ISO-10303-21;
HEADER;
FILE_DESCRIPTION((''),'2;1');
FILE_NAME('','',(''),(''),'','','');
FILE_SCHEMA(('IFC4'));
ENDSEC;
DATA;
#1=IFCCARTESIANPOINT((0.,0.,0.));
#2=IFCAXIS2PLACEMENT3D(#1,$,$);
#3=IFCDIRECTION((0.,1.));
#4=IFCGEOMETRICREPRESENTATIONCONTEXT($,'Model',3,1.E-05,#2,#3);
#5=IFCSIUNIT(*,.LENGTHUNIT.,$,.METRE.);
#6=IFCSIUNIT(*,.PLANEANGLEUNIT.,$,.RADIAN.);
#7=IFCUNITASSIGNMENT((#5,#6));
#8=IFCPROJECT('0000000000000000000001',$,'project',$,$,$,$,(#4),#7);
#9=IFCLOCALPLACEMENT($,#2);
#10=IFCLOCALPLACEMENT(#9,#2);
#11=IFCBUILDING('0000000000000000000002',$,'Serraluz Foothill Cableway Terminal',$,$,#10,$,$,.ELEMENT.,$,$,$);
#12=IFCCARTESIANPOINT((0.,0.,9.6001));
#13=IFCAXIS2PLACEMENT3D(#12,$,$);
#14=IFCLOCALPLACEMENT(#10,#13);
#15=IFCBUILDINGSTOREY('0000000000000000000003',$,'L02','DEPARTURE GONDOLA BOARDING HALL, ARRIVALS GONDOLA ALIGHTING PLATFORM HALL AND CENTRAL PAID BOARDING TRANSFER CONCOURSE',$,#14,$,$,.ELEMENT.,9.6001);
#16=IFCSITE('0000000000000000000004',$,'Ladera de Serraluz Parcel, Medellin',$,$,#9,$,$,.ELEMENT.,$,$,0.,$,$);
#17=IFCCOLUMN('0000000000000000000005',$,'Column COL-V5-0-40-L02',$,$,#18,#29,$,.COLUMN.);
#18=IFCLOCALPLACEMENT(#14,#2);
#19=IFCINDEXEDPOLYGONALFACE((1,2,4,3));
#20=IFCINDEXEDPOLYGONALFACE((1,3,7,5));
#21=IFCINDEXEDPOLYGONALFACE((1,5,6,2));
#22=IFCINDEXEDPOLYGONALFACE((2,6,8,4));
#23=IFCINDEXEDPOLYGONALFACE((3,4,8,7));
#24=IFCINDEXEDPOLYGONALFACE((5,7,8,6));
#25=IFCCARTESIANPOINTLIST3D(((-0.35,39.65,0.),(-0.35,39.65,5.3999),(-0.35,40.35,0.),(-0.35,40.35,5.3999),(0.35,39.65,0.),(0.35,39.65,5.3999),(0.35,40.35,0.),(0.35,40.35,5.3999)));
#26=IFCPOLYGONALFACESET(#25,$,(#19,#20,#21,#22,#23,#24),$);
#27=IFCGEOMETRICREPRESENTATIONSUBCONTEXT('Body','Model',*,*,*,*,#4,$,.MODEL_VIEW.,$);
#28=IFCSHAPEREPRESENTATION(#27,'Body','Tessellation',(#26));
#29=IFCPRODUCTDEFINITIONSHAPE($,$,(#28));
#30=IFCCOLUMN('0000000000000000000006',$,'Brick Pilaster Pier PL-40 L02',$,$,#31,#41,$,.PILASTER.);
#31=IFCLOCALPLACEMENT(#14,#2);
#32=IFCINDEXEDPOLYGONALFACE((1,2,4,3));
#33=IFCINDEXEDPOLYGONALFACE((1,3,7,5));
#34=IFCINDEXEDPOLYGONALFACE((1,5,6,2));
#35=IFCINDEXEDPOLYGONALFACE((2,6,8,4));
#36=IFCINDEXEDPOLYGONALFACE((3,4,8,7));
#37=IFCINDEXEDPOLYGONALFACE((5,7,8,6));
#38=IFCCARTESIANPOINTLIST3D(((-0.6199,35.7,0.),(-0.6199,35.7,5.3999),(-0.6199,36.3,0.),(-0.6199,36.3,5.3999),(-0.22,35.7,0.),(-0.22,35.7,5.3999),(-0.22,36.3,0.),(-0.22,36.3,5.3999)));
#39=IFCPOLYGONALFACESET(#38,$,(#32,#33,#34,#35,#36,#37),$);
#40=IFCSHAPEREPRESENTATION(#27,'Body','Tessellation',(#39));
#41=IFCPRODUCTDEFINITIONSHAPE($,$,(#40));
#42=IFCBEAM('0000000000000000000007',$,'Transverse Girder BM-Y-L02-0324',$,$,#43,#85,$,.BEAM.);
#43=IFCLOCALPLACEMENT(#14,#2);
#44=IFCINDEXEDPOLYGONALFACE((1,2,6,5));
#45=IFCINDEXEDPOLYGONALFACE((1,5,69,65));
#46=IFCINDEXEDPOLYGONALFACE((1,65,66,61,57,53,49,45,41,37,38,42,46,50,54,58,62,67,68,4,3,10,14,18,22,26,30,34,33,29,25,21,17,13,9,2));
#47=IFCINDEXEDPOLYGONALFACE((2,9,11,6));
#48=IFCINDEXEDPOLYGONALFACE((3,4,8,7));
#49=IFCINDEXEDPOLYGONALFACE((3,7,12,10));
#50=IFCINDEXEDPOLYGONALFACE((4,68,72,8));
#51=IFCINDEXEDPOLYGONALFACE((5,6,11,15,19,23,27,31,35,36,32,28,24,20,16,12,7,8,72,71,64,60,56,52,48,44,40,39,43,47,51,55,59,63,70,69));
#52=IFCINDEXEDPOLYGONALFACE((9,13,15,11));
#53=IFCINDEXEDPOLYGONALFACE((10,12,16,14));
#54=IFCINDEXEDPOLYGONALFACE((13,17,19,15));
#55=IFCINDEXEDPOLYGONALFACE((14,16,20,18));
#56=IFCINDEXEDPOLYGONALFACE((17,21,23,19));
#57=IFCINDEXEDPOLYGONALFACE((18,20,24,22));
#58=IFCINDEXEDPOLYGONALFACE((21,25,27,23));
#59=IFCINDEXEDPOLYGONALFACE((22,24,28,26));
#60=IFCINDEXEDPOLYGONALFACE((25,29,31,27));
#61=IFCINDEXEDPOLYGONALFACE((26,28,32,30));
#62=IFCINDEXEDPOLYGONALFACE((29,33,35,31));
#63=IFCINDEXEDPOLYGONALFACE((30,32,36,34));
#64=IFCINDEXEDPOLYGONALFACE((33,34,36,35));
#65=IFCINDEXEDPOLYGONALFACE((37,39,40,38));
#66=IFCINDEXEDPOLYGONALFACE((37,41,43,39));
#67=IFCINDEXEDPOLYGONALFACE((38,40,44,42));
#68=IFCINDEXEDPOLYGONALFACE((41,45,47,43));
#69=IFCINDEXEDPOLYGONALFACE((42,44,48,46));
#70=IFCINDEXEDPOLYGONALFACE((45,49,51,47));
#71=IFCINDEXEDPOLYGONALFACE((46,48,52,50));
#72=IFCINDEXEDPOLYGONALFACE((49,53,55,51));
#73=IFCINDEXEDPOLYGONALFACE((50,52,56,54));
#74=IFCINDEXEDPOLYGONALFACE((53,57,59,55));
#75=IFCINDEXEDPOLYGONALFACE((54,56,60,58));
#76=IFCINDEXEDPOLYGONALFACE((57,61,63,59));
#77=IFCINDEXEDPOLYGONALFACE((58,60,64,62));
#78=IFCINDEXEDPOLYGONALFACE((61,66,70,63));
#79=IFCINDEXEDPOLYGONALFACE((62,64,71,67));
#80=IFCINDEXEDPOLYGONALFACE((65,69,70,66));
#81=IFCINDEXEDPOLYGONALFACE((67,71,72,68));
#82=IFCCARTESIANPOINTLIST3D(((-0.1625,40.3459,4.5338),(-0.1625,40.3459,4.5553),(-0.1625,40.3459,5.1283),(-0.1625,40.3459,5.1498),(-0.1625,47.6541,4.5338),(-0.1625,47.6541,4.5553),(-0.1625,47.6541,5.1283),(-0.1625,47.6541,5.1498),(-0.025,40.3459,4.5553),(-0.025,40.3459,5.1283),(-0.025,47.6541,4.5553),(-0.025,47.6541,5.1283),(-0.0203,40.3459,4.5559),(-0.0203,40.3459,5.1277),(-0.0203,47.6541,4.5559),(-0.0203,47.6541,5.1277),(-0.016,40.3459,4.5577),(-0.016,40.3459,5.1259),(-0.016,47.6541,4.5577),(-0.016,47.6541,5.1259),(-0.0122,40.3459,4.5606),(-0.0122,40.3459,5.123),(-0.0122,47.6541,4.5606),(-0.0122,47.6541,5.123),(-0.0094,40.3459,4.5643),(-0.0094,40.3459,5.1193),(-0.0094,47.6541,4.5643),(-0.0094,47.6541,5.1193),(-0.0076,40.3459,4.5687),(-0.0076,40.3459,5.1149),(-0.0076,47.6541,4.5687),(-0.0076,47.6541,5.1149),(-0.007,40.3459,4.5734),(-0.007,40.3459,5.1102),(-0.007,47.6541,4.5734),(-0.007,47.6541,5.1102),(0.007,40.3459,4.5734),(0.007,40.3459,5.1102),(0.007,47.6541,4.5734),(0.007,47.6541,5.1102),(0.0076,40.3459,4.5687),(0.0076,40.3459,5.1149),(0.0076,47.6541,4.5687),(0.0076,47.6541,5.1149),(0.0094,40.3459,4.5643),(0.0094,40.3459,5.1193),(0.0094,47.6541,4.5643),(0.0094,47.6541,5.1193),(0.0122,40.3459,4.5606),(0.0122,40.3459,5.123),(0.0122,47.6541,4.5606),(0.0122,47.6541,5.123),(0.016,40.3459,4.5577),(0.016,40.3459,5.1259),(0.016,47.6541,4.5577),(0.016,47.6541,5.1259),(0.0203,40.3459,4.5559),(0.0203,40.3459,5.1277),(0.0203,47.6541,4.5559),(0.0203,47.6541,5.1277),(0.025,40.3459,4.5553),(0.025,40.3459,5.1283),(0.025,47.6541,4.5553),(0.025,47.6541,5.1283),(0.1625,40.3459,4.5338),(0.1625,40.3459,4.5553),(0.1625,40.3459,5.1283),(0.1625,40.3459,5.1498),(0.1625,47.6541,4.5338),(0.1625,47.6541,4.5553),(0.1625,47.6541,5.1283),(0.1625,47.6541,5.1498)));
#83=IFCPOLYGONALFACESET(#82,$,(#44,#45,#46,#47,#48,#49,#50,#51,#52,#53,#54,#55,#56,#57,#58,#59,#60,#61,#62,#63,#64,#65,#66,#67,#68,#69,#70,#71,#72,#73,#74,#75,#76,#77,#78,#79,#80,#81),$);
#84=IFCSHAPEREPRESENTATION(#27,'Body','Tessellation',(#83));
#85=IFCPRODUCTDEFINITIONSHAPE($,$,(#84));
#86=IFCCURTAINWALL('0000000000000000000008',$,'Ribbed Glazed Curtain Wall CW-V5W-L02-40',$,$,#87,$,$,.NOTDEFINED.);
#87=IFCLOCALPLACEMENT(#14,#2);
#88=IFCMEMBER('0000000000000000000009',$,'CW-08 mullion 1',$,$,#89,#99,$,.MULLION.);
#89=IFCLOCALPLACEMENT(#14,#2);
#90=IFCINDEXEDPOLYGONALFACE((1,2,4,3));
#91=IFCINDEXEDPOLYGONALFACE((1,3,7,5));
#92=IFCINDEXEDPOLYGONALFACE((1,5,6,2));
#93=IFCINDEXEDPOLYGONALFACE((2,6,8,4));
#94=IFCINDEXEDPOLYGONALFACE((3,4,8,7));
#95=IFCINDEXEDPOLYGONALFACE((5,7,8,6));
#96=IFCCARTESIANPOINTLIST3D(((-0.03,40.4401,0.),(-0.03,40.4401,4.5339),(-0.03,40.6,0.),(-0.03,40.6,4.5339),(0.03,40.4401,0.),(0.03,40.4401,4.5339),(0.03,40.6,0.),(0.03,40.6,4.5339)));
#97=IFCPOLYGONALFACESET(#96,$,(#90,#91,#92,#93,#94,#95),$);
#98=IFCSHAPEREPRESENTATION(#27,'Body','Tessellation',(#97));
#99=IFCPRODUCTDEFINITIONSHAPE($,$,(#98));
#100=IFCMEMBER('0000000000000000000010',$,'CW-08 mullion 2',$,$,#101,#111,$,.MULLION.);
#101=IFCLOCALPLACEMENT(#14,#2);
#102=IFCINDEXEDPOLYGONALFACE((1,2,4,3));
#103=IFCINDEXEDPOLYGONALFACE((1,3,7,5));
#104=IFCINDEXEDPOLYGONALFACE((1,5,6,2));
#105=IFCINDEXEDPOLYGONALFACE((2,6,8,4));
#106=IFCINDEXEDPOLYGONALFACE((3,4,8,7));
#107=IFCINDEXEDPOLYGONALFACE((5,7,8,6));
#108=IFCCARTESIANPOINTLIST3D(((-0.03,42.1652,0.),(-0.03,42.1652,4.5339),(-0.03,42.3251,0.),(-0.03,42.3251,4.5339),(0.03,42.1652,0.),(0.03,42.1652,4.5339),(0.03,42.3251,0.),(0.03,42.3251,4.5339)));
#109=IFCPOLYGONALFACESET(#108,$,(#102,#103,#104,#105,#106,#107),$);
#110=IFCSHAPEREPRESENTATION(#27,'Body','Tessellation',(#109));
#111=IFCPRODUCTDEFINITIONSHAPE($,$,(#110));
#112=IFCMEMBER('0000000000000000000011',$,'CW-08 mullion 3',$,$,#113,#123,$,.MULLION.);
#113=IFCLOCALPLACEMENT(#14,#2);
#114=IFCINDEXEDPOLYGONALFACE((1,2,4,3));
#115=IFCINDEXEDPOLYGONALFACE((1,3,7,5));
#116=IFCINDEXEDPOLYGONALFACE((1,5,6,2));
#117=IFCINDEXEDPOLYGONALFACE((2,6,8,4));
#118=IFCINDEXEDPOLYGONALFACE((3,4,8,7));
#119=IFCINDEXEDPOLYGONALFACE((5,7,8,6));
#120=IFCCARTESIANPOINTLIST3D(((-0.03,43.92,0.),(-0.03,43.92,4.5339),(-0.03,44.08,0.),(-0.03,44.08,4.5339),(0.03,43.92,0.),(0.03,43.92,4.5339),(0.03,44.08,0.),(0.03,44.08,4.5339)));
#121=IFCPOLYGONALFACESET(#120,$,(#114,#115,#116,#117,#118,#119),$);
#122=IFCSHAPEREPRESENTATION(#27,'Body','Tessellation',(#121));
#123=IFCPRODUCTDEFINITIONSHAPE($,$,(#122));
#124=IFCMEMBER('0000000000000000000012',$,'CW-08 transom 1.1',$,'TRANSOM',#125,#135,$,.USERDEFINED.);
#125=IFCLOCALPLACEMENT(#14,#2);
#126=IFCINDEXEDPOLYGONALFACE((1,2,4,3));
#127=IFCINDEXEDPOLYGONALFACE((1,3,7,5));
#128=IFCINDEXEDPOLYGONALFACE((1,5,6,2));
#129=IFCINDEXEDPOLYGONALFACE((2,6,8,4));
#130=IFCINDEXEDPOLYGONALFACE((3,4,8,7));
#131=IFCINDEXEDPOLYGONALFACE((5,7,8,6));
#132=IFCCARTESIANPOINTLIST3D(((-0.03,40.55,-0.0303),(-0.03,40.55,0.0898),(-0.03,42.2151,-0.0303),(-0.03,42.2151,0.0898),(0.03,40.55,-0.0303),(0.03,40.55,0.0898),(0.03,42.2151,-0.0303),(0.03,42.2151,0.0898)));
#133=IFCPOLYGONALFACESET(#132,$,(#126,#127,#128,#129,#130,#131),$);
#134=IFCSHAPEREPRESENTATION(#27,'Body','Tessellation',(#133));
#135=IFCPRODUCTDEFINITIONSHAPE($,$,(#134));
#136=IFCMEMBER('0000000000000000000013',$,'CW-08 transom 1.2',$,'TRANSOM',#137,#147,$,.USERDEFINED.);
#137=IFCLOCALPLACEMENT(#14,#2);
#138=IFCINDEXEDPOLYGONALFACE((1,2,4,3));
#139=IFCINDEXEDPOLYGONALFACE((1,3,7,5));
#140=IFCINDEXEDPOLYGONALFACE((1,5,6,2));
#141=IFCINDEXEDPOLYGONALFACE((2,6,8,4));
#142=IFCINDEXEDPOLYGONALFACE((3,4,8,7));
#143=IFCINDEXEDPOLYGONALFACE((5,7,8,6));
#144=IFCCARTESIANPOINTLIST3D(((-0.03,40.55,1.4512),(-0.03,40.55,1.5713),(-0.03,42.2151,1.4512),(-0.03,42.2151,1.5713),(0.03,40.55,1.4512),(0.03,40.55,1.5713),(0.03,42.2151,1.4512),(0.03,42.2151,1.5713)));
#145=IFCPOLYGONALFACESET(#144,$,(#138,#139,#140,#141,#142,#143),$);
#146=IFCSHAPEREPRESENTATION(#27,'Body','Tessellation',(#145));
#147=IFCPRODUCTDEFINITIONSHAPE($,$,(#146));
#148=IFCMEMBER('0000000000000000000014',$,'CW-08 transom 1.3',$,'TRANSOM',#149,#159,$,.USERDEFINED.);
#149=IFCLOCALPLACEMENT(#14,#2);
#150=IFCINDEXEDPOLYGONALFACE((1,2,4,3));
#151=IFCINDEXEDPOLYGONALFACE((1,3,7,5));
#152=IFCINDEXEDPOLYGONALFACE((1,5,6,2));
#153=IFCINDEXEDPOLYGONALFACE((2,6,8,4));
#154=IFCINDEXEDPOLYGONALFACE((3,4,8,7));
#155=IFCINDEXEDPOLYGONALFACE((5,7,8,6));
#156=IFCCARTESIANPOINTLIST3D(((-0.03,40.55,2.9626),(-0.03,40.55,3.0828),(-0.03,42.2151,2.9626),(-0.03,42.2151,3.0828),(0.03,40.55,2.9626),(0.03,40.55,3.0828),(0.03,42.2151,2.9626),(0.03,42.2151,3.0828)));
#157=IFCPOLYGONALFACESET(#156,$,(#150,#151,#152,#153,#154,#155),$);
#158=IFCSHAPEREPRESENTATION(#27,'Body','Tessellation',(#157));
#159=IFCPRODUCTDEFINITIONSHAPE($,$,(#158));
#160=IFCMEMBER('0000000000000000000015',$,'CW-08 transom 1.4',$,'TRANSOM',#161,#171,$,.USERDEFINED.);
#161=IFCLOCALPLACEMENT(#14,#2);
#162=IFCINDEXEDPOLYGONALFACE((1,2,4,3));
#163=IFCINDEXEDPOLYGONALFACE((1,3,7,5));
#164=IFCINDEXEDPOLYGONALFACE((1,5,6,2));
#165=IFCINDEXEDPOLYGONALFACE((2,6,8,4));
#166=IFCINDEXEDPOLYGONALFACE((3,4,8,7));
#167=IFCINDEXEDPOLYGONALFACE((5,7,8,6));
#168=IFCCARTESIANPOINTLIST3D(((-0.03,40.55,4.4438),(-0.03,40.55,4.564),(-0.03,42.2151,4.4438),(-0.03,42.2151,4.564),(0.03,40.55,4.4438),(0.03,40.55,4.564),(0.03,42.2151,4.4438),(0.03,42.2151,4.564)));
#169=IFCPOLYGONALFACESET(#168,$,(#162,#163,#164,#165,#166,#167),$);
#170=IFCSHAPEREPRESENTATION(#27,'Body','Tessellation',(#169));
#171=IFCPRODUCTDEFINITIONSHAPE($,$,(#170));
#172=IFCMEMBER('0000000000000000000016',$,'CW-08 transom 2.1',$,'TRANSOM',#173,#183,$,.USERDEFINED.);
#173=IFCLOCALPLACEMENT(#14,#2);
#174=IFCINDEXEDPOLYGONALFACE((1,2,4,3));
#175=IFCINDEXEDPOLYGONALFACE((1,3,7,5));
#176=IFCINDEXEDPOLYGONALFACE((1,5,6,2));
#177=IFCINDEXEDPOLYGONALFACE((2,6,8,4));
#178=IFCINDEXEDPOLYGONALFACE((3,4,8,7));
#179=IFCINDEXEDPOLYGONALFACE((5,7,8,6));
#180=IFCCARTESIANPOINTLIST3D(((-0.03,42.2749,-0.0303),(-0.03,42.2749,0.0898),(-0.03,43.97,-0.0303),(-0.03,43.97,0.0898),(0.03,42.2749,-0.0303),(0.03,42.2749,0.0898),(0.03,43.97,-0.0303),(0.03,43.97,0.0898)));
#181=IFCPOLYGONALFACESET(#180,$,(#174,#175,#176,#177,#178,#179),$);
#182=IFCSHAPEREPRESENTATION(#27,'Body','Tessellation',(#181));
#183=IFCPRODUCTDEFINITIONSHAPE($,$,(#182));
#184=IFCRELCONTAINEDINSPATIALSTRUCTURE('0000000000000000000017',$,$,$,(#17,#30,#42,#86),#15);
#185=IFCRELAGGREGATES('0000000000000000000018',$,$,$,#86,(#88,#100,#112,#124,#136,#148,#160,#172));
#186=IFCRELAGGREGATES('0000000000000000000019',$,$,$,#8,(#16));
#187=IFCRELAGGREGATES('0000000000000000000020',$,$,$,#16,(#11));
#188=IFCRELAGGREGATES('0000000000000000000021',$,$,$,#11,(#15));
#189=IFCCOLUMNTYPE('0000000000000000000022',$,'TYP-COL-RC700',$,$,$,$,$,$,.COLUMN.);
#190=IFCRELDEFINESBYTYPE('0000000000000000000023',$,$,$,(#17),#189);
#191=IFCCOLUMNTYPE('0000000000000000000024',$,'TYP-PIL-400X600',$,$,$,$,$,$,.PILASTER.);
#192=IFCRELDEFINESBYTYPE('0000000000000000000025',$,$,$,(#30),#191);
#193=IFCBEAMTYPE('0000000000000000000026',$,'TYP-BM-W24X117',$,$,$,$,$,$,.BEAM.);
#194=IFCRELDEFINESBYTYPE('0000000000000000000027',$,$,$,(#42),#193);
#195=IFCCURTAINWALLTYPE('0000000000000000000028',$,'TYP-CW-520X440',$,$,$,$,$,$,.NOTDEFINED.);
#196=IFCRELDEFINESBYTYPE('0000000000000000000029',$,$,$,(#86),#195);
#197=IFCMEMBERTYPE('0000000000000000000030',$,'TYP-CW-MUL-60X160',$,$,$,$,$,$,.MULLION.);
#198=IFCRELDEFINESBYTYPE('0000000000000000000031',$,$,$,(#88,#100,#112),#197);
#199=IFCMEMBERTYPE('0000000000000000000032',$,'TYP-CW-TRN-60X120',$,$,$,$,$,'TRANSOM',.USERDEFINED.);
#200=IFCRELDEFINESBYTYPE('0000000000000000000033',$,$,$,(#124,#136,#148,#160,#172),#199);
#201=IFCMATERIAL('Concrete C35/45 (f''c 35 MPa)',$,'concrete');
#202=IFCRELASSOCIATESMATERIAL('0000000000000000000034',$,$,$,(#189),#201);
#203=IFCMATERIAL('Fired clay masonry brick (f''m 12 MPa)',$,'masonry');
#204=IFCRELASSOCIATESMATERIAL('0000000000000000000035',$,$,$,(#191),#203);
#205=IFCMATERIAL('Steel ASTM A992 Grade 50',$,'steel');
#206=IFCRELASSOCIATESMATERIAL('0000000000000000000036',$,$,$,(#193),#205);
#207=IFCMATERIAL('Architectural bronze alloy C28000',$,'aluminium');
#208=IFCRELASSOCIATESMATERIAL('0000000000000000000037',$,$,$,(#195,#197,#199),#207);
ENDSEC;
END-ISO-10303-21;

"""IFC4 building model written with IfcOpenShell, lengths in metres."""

from ifc_helpers import new_model, si_unit, direction, frame, origin, origin_2d, place, context, subcontext, project, spatial, rectangle, i_section, extrude, material, material_profile, profile_set, type_object, element, aggregate, save


model = new_model("IFC4")

# Units and contexts
model_context = context("Model", 3, precision=1e-05, world=origin(), true_north=direction((0.0, 1.0)))
body_context = subcontext(model_context, "Body", "Model", "MODEL_VIEW")
ifc_project = project(units=[si_unit("LENGTHUNIT", "METRE"), si_unit("PLANEANGLEUNIT", "RADIAN")], contexts=[model_context])

# Site, building, storey
site_placement = place(None, origin())
site = spatial("IfcSite", under=ifc_project, at=site_placement, Name="Ladera de Serraluz Parcel, Medellin", CompositionType="ELEMENT", RefElevation=0.0)
building_placement = place(site_placement, origin())
building = spatial("IfcBuilding", under=site, at=building_placement, Name="Serraluz Foothill Cableway Terminal", CompositionType="ELEMENT")
storey_placement = place(building_placement, frame((0.0, 0.0, 9.6001)))
storey = spatial("IfcBuildingStorey", under=building, at=storey_placement, Name="L02", Description="DEPARTURE GONDOLA BOARDING HALL, ARRIVALS GONDOLA ALIGHTING PLATFORM HALL AND CENTRAL PAID BOARDING TRANSFER CONCOURSE", CompositionType="ELEMENT", Elevation=9.6001)

# Columns
ifc_material_1 = material(Name="Concrete C35/45 (f'c 35 MPa)", Category="concrete")
ifc_material_profile_1 = material_profile(ifc_material_1, rectangle(XDim=0.7, YDim=0.7, at=origin_2d()), Name="RC 700x700")
ifc_profile_set_1 = profile_set([ifc_material_profile_1], Name="Concrete C35/45 (f'c 35 MPa)")
column_type_1 = type_object("IfcColumnType", Name="TYP-COL-RC700", PredefinedType="COLUMN", material=ifc_profile_set_1)
column_1_placement = place(storey_placement, frame((0.0, 40.0, 0.0), z_axis=(0.0, 0.0, 1.0), x_axis=(1.0, 0.0, 0.0)))
element("IfcColumn", 1, at=column_1_placement, inside=storey, type_object=column_type_1, Name="Column COL-V5-0-40-L02", PredefinedType="COLUMN", context=body_context, shape_type="SweptSolid", body=[
    extrude(rectangle(XDim=0.7, YDim=0.7, at=origin_2d()), origin(), (0.0, 0.0, 1.0), 5.3999),
])
ifc_material_2 = material(Name="Fired clay masonry brick (f'm 12 MPa)", Category="masonry")
ifc_material_profile_2 = material_profile(ifc_material_2, rectangle(XDim=0.3999, YDim=0.6001, at=origin_2d()), Name="PIL 400x600")
ifc_profile_set_2 = profile_set([ifc_material_profile_2], Name="Fired clay masonry brick (f'm 12 MPa)")
column_type_2 = type_object("IfcColumnType", Name="TYP-PIL-400X600", PredefinedType="PILASTER", material=ifc_profile_set_2)
column_2_placement = place(storey_placement, frame((-0.4199, 36.0, 0.0), z_axis=(0.0, 0.0, 1.0), x_axis=(1.0, 0.0, 0.0)))
element("IfcColumn", 2, at=column_2_placement, inside=storey, type_object=column_type_2, Name="Brick Pilaster Pier PL-40 L02", PredefinedType="PILASTER", context=body_context, shape_type="SweptSolid", body=[
    extrude(rectangle(XDim=0.3999, YDim=0.6001, at=origin_2d()), origin(), (0.0, 0.0, 1.0), 5.3999),
])

# Beam
ifc_material_3 = material(Name="Steel ASTM A992 Grade 50", Category="steel")
ifc_material_profile_3 = material_profile(ifc_material_3, i_section(OverallWidth=0.325, OverallDepth=0.616, WebThickness=0.0139, FlangeThickness=0.0215, FilletRadius=0.0181, at=origin_2d()), Name="W24X117")
ifc_profile_set_3 = profile_set([ifc_material_profile_3], Name="Steel ASTM A992 Grade 50")
beam_type = type_object("IfcBeamType", Name="TYP-BM-W24X117", PredefinedType="BEAM", material=ifc_profile_set_3)
beam_placement = place(storey_placement, frame((0.0, 40.3459, 4.8418), z_axis=(0.0, 1.0, 0.0), x_axis=(-1.0, 0.0, 0.0)))
element("IfcBeam", 3, at=beam_placement, inside=storey, type_object=beam_type, Name="Transverse Girder BM-Y-L02-0324", PredefinedType="BEAM", context=body_context, shape_type="SweptSolid", body=[
    extrude(i_section(OverallWidth=0.325, OverallDepth=0.616, WebThickness=0.0139, FlangeThickness=0.0215, FilletRadius=0.0181, at=origin_2d()), origin(), (0.0, 0.0, 1.0), 7.3081),
])

# Curtain wall, members
ifc_material_4 = material(Name="Architectural bronze alloy C28000", Category="aluminium")
curtain_wall_type = type_object("IfcCurtainWallType", Name="TYP-CW-520X440", PredefinedType="NOTDEFINED", material=ifc_material_4)
curtain_wall_placement = place(storey_placement, origin())
curtain_wall = element("IfcCurtainWall", 4, at=curtain_wall_placement, inside=storey, type_object=curtain_wall_type, Name="Ribbed Glazed Curtain Wall CW-V5W-L02-40", PredefinedType="NOTDEFINED")
ifc_material_profile_4 = material_profile(ifc_material_4, rectangle(XDim=0.0601, YDim=0.1599, at=origin_2d()), Name="ALU MULLION 60x160")
ifc_profile_set_4 = profile_set([ifc_material_profile_4], Name="Architectural bronze alloy C28000")
member_type_1 = type_object("IfcMemberType", Name="TYP-CW-MUL-60X160", PredefinedType="MULLION", material=ifc_profile_set_4)
member_1_placement = place(storey_placement, frame((0.0, 40.52, 0.0), z_axis=(0.0, 0.0, 1.0), x_axis=(-1.0, 0.0, 0.0)))
member_1 = element("IfcMember", 5, at=member_1_placement, type_object=member_type_1, Name="CW-08 mullion 1", PredefinedType="MULLION", context=body_context, shape_type="SweptSolid", body=[
    extrude(rectangle(XDim=0.0601, YDim=0.1599, at=origin_2d()), origin(), (0.0, 0.0, 1.0), 4.5339),
])
member_2_placement = place(storey_placement, frame((0.0, 42.2451, 0.0), z_axis=(0.0, 0.0, 1.0), x_axis=(-1.0, 0.0, 0.0)))
member_2 = element("IfcMember", 6, at=member_2_placement, type_object=member_type_1, Name="CW-08 mullion 2", PredefinedType="MULLION", context=body_context, shape_type="SweptSolid", body=[
    extrude(rectangle(XDim=0.0601, YDim=0.1599, at=origin_2d()), origin(), (0.0, 0.0, 1.0), 4.5339),
])
member_3_placement = place(storey_placement, frame((0.0, 44.0, 0.0), z_axis=(0.0, 0.0, 1.0), x_axis=(-1.0, 0.0, 0.0)))
member_3 = element("IfcMember", 7, at=member_3_placement, type_object=member_type_1, Name="CW-08 mullion 3", PredefinedType="MULLION", context=body_context, shape_type="SweptSolid", body=[
    extrude(rectangle(XDim=0.0601, YDim=0.1599, at=origin_2d()), origin(), (0.0, 0.0, 1.0), 4.5339),
])
ifc_material_profile_5 = material_profile(ifc_material_4, rectangle(XDim=0.0601, YDim=0.1201, at=origin_2d()), Name="ALU TRANSOM 60x120")
ifc_profile_set_5 = profile_set([ifc_material_profile_5], Name="Architectural bronze alloy C28000")
member_type_2 = type_object("IfcMemberType", Name="TYP-CW-TRN-60X120", ElementType="TRANSOM", PredefinedType="USERDEFINED", material=ifc_profile_set_5)
member_4_placement = place(storey_placement, frame((0.0, 40.55, 0.0298), z_axis=(0.0, 1.0, 0.0), x_axis=(-1.0, 0.0, 0.0)))
member_4 = element("IfcMember", 8, at=member_4_placement, type_object=member_type_2, Name="CW-08 transom 1.1", ObjectType="TRANSOM", PredefinedType="USERDEFINED", context=body_context, shape_type="SweptSolid", body=[
    extrude(rectangle(XDim=0.0601, YDim=0.1201, at=origin_2d()), origin(), (0.0, 0.0, 1.0), 1.665),
])
member_5_placement = place(storey_placement, frame((0.0, 40.55, 1.5112), z_axis=(0.0, 1.0, 0.0), x_axis=(-1.0, 0.0, 0.0)))
member_5 = element("IfcMember", 9, at=member_5_placement, type_object=member_type_2, Name="CW-08 transom 1.2", ObjectType="TRANSOM", PredefinedType="USERDEFINED", context=body_context, shape_type="SweptSolid", body=[
    extrude(rectangle(XDim=0.0601, YDim=0.1201, at=origin_2d()), origin(), (0.0, 0.0, 1.0), 1.665),
])
member_6_placement = place(storey_placement, frame((0.0, 40.55, 3.0227), z_axis=(0.0, 1.0, 0.0), x_axis=(-1.0, 0.0, 0.0)))
member_6 = element("IfcMember", 10, at=member_6_placement, type_object=member_type_2, Name="CW-08 transom 1.3", ObjectType="TRANSOM", PredefinedType="USERDEFINED", context=body_context, shape_type="SweptSolid", body=[
    extrude(rectangle(XDim=0.0601, YDim=0.1201, at=origin_2d()), origin(), (0.0, 0.0, 1.0), 1.665),
])
member_7_placement = place(storey_placement, frame((0.0, 40.55, 4.5039), z_axis=(0.0, 1.0, 0.0), x_axis=(-1.0, 0.0, 0.0)))
member_7 = element("IfcMember", 11, at=member_7_placement, type_object=member_type_2, Name="CW-08 transom 1.4", ObjectType="TRANSOM", PredefinedType="USERDEFINED", context=body_context, shape_type="SweptSolid", body=[
    extrude(rectangle(XDim=0.0601, YDim=0.1201, at=origin_2d()), origin(), (0.0, 0.0, 1.0), 1.665),
])
member_8_placement = place(storey_placement, frame((0.0, 42.2749, 0.0298), z_axis=(0.0, 1.0, 0.0), x_axis=(-1.0, 0.0, 0.0)))
member_8 = element("IfcMember", 12, at=member_8_placement, type_object=member_type_2, Name="CW-08 transom 2.1", ObjectType="TRANSOM", PredefinedType="USERDEFINED", context=body_context, shape_type="SweptSolid", body=[
    extrude(rectangle(XDim=0.0601, YDim=0.1201, at=origin_2d()), origin(), (0.0, 0.0, 1.0), 1.6951),
])
aggregate(curtain_wall, [member_1, member_2, member_3, member_4, member_5, member_6, member_7, member_8])

save(model, "model.ifc")
